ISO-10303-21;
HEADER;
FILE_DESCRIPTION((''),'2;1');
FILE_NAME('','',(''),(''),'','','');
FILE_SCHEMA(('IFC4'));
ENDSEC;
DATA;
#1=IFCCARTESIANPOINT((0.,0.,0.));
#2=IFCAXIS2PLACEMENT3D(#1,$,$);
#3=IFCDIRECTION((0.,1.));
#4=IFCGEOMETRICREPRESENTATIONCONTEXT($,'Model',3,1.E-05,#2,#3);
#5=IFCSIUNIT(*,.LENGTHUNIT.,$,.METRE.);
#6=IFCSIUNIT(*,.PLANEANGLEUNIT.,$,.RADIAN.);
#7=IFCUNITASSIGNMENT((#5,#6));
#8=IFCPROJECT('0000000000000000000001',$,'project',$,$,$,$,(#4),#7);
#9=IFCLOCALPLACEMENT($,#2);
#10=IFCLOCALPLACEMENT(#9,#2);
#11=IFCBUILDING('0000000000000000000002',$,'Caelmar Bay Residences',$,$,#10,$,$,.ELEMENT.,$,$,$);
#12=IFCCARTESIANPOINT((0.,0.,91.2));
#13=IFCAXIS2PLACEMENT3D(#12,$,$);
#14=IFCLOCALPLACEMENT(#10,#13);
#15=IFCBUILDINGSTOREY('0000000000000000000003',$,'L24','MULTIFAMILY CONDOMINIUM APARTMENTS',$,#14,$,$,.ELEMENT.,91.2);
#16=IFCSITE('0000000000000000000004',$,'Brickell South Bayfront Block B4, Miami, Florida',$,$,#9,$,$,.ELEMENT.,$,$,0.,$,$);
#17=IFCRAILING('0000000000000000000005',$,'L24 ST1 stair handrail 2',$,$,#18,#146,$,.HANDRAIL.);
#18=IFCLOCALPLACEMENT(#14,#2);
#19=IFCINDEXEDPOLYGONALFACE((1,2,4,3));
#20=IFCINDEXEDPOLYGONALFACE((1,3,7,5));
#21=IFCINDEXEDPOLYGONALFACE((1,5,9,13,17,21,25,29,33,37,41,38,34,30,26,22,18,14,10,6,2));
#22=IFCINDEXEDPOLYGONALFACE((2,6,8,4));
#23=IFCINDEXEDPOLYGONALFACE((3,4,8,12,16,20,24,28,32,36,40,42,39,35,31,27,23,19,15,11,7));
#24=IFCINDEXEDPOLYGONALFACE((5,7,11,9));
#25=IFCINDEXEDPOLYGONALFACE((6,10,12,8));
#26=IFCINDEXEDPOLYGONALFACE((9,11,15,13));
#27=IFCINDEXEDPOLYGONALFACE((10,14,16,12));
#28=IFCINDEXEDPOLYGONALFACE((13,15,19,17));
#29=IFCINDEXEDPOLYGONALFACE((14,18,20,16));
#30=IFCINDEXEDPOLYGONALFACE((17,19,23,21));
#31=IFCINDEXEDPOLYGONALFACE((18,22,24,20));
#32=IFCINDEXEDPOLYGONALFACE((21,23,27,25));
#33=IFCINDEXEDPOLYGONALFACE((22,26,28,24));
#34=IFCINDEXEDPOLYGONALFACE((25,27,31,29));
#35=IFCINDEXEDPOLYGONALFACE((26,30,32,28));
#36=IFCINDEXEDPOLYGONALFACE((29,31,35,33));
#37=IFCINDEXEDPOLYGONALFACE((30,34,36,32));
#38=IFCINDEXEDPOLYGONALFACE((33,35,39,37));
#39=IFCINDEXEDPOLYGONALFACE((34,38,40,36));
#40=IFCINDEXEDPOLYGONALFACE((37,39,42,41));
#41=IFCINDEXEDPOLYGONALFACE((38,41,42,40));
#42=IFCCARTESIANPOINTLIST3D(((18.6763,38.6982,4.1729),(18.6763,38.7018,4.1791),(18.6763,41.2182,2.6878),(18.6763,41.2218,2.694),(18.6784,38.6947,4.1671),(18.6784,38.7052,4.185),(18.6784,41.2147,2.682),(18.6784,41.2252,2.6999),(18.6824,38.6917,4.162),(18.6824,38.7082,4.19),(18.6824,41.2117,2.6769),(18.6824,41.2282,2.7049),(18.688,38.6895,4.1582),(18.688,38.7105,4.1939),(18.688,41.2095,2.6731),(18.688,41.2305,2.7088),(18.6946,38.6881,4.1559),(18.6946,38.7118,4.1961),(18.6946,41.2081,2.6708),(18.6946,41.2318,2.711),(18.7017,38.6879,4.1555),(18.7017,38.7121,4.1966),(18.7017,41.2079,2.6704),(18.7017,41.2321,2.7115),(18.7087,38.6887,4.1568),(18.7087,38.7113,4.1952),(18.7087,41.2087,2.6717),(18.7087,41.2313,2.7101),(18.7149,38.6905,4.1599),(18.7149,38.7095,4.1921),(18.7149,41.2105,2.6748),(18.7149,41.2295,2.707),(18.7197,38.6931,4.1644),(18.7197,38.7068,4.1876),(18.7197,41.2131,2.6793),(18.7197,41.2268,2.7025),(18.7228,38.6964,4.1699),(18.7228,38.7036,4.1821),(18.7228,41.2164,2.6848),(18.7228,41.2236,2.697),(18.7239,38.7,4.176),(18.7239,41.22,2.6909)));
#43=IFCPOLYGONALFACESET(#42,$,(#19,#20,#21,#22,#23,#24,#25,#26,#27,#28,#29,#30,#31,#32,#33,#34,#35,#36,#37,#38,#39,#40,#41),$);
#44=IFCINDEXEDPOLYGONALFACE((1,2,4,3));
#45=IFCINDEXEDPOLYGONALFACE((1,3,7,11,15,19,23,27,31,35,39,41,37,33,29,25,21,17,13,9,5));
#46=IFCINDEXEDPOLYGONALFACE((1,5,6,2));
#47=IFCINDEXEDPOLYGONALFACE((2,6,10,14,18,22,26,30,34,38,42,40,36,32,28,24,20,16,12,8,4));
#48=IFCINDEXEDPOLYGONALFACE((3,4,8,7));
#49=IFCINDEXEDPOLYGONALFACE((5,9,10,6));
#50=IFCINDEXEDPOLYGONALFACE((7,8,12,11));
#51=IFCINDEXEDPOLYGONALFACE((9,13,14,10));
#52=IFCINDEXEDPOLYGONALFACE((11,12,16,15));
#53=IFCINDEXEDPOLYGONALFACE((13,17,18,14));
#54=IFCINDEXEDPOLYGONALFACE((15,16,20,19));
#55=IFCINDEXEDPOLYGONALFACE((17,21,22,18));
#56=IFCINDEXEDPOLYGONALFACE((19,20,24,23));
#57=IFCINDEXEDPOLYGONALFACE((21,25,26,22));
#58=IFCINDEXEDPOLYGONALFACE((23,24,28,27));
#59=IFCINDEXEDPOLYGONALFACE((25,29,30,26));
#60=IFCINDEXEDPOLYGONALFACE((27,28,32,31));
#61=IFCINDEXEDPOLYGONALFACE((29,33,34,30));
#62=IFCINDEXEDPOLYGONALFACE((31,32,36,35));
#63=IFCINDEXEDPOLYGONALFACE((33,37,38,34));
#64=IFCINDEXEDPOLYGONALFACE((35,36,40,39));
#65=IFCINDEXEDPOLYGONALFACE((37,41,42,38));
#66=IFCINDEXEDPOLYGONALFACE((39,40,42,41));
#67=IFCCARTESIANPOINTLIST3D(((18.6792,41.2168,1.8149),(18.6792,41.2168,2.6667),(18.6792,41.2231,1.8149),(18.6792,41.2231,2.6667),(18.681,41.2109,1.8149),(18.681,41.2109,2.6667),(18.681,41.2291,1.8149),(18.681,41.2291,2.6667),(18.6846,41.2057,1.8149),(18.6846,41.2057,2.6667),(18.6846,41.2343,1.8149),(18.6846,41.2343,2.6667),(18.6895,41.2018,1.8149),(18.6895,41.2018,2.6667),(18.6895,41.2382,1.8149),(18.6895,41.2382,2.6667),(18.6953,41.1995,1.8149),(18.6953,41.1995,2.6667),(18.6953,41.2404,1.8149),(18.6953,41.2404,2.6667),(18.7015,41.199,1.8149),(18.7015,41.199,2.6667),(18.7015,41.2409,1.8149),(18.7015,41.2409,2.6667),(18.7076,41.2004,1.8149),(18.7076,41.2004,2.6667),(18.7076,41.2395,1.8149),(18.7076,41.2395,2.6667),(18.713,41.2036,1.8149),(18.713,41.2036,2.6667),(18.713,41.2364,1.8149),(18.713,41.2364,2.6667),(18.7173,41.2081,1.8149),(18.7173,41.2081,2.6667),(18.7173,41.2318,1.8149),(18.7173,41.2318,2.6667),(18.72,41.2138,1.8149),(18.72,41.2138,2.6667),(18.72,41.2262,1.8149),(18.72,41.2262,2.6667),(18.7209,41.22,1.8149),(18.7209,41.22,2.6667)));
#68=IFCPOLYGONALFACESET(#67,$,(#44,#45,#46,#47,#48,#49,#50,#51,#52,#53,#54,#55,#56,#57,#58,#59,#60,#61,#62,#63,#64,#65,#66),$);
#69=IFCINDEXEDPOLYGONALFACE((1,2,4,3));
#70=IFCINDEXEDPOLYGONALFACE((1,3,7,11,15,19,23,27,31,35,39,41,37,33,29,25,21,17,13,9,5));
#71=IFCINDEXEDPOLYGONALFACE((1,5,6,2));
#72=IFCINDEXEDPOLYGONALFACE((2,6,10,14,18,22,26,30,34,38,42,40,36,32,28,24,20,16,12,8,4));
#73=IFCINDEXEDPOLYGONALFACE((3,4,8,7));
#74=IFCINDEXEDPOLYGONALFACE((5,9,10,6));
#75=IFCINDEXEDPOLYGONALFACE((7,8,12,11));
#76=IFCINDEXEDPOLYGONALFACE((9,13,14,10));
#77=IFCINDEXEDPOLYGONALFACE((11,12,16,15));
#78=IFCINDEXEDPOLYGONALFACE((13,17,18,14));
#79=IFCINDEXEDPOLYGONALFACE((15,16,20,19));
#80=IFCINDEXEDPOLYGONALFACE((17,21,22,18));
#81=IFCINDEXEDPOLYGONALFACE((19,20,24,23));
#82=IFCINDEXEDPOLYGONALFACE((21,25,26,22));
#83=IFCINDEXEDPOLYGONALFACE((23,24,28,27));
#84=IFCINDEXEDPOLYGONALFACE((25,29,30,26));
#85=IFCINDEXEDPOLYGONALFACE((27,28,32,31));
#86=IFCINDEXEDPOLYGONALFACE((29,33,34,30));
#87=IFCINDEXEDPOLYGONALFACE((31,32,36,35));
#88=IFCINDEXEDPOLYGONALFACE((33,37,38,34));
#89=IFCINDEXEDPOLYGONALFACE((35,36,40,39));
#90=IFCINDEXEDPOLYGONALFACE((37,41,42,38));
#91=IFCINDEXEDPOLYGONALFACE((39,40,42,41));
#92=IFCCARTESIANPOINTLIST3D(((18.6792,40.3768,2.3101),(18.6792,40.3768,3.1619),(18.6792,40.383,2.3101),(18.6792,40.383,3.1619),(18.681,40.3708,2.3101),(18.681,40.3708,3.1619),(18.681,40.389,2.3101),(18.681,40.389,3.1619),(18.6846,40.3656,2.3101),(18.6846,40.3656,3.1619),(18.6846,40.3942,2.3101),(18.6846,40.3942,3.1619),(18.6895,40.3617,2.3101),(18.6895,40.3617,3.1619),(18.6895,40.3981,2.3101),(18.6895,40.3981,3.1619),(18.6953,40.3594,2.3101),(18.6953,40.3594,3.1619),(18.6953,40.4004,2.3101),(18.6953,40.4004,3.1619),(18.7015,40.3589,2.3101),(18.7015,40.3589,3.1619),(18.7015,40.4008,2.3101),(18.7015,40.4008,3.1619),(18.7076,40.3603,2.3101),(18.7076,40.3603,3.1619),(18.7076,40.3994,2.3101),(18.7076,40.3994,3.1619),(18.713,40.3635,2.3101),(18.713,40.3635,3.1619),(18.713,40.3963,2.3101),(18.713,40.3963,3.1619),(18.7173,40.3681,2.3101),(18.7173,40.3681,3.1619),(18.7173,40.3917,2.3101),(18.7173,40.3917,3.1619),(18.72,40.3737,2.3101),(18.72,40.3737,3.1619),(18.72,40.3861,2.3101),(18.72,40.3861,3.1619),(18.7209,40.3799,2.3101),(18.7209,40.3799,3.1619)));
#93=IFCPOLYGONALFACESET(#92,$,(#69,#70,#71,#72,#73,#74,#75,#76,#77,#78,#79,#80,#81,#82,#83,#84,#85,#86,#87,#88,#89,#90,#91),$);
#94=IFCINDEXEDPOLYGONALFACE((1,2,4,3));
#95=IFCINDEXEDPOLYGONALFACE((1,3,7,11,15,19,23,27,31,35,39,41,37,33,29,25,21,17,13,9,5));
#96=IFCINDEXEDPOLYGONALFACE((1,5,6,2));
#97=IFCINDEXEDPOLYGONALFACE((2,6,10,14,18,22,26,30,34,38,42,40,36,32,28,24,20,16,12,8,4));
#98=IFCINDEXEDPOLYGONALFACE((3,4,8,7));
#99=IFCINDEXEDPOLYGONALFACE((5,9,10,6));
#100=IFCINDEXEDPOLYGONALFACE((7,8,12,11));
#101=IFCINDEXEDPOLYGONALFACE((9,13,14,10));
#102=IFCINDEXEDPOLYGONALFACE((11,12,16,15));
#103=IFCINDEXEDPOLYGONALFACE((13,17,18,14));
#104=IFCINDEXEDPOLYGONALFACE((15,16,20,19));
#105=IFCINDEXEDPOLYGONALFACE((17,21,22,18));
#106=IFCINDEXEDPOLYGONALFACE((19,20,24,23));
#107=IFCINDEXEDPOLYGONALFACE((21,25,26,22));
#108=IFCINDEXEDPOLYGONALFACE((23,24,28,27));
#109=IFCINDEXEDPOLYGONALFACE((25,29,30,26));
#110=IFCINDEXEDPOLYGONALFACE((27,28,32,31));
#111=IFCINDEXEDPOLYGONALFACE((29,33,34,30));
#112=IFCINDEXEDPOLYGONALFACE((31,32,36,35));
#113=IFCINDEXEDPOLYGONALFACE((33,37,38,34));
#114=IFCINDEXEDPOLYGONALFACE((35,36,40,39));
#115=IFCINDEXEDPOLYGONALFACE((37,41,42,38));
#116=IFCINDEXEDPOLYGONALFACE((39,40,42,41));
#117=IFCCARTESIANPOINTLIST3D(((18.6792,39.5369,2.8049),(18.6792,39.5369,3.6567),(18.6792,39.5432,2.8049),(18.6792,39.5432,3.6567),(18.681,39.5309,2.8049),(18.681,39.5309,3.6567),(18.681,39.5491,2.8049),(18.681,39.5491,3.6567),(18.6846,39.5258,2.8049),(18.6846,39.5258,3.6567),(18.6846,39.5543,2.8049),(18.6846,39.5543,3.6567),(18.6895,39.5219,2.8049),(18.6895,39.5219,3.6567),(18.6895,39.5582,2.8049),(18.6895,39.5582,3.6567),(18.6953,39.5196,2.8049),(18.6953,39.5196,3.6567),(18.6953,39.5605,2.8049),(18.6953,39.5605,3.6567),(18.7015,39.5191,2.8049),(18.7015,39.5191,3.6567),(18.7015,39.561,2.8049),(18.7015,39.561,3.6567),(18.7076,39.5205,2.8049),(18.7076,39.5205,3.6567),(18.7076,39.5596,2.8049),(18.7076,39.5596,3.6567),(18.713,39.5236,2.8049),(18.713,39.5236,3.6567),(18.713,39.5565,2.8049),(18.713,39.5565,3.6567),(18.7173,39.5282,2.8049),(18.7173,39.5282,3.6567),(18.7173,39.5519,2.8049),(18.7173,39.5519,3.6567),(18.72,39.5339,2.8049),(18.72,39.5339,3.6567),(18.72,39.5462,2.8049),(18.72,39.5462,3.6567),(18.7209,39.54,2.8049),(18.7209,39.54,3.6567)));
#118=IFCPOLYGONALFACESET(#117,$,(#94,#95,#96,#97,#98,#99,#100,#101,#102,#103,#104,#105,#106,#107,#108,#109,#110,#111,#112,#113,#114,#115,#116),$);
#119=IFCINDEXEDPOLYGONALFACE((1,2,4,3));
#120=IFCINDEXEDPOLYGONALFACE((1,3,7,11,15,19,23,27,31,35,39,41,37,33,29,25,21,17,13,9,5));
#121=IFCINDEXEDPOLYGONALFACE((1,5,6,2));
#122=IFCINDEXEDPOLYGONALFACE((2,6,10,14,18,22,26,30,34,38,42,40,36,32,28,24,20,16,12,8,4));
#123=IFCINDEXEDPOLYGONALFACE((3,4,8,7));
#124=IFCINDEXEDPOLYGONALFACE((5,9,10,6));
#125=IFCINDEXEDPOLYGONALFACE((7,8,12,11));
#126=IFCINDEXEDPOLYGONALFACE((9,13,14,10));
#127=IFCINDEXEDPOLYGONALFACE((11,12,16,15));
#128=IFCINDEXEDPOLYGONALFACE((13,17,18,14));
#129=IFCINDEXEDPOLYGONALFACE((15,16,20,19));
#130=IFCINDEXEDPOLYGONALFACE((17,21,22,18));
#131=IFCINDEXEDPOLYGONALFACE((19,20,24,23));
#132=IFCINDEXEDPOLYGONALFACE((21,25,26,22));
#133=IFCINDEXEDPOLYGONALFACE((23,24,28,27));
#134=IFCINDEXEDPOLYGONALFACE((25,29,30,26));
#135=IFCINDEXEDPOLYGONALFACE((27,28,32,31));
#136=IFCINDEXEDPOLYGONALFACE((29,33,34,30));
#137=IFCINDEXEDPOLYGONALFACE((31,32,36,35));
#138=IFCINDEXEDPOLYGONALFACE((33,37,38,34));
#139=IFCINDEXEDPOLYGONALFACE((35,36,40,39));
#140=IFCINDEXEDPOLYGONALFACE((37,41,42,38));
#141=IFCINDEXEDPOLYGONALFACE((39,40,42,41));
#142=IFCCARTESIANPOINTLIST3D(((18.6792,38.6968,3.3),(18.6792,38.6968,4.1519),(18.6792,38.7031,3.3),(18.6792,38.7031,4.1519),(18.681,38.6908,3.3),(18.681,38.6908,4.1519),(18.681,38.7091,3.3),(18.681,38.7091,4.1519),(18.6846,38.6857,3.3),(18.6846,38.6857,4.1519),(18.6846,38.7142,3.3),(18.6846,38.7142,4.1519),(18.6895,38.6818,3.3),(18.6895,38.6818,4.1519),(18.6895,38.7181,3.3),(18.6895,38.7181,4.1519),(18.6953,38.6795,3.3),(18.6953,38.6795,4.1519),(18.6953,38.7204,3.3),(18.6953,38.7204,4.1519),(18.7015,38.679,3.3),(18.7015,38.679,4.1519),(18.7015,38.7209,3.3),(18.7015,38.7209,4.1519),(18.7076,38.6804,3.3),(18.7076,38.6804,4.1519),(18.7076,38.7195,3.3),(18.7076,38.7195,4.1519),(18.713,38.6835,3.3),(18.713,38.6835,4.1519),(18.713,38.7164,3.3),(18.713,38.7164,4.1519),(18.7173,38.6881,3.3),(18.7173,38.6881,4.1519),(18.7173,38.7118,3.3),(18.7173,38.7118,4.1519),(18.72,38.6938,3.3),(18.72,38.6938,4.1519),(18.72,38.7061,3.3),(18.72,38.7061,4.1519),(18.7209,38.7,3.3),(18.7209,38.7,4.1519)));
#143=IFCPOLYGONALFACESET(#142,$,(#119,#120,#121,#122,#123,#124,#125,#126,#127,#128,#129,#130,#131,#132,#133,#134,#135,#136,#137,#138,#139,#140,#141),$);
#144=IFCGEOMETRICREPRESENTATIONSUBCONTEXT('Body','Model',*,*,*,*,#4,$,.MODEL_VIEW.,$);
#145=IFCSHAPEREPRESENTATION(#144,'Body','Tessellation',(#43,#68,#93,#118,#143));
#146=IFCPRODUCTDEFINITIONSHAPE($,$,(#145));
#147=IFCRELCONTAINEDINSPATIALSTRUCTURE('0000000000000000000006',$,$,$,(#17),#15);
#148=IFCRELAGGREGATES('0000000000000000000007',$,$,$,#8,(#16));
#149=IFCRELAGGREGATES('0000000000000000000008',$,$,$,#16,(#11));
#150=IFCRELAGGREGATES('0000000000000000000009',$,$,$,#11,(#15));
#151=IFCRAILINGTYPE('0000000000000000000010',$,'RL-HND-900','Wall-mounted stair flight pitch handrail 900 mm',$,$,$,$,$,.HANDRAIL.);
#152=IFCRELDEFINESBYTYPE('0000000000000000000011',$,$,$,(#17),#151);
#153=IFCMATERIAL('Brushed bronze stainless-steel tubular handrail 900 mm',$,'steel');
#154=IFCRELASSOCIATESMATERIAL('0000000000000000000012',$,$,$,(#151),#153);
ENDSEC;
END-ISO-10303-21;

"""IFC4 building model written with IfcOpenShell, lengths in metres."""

from ifc_helpers import new_model, si_unit, direction, frame, origin, origin_2d, place, context, subcontext, project, spatial, circle, extrude, material, type_object, element, save


model = new_model("IFC4")

# Units and contexts
model_context = context("Model", 3, precision=1e-05, world=origin(), true_north=direction((0.0, 1.0)))
body_context = subcontext(model_context, "Body", "Model", "MODEL_VIEW")
ifc_project = project(units=[si_unit("LENGTHUNIT", "METRE"), si_unit("PLANEANGLEUNIT", "RADIAN")], contexts=[model_context])

# Site, building, storey
site_placement = place(None, origin())
site = spatial("IfcSite", under=ifc_project, at=site_placement, Name="Brickell South Bayfront Block B4, Miami, Florida", CompositionType="ELEMENT", RefElevation=0.0)
building_placement = place(site_placement, origin())
building = spatial("IfcBuilding", under=site, at=building_placement, Name="Caelmar Bay Residences", CompositionType="ELEMENT")
storey_placement = place(building_placement, frame((0.0, 0.0, 91.2)))
storey = spatial("IfcBuildingStorey", under=building, at=storey_placement, Name="L24", Description="MULTIFAMILY CONDOMINIUM APARTMENTS", CompositionType="ELEMENT", Elevation=91.2)

# Railing
ifc_material_1 = material(Name="Brushed bronze stainless-steel tubular handrail 900 mm", Category="steel")
railing_type_1 = type_object("IfcRailingType", Name="RL-HND-900", Description="Wall-mounted stair flight pitch handrail 900 mm", PredefinedType="HANDRAIL", material=ifc_material_1)
railing_1_placement = place(storey_placement, frame((18.7, 41.22, 1.8149)))
element("IfcRailing", 1, at=railing_1_placement, inside=storey, type_object=railing_type_1, Name="L24 ST1 stair handrail 2", PredefinedType="HANDRAIL", context=body_context, shape_type="SweptSolid", body=[
    extrude(circle(Radius=0.0239, at=origin_2d()), frame((0.0, 0.0, 0.876), z_axis=(0.0, -0.861524, 0.507717), x_axis=(1.0, 0.0, 0.0)), (0.0, 0.0, 1.0), 2.925),
    extrude(circle(Radius=0.021, at=origin_2d()), origin(), (0.0, 0.0, 1.0), 0.8518),
    extrude(circle(Radius=0.021, at=origin_2d()), frame((0.0, -0.8401, 0.4951)), (0.0, 0.0, 1.0), 0.8518),
    extrude(circle(Radius=0.021, at=origin_2d()), frame((0.0, -1.6799, 0.99)), (0.0, 0.0, 1.0), 0.8518),
    extrude(circle(Radius=0.021, at=origin_2d()), frame((0.0, -2.52, 1.4851)), (0.0, 0.0, 1.0), 0.8518),
])

save(model, "model.ifc")
